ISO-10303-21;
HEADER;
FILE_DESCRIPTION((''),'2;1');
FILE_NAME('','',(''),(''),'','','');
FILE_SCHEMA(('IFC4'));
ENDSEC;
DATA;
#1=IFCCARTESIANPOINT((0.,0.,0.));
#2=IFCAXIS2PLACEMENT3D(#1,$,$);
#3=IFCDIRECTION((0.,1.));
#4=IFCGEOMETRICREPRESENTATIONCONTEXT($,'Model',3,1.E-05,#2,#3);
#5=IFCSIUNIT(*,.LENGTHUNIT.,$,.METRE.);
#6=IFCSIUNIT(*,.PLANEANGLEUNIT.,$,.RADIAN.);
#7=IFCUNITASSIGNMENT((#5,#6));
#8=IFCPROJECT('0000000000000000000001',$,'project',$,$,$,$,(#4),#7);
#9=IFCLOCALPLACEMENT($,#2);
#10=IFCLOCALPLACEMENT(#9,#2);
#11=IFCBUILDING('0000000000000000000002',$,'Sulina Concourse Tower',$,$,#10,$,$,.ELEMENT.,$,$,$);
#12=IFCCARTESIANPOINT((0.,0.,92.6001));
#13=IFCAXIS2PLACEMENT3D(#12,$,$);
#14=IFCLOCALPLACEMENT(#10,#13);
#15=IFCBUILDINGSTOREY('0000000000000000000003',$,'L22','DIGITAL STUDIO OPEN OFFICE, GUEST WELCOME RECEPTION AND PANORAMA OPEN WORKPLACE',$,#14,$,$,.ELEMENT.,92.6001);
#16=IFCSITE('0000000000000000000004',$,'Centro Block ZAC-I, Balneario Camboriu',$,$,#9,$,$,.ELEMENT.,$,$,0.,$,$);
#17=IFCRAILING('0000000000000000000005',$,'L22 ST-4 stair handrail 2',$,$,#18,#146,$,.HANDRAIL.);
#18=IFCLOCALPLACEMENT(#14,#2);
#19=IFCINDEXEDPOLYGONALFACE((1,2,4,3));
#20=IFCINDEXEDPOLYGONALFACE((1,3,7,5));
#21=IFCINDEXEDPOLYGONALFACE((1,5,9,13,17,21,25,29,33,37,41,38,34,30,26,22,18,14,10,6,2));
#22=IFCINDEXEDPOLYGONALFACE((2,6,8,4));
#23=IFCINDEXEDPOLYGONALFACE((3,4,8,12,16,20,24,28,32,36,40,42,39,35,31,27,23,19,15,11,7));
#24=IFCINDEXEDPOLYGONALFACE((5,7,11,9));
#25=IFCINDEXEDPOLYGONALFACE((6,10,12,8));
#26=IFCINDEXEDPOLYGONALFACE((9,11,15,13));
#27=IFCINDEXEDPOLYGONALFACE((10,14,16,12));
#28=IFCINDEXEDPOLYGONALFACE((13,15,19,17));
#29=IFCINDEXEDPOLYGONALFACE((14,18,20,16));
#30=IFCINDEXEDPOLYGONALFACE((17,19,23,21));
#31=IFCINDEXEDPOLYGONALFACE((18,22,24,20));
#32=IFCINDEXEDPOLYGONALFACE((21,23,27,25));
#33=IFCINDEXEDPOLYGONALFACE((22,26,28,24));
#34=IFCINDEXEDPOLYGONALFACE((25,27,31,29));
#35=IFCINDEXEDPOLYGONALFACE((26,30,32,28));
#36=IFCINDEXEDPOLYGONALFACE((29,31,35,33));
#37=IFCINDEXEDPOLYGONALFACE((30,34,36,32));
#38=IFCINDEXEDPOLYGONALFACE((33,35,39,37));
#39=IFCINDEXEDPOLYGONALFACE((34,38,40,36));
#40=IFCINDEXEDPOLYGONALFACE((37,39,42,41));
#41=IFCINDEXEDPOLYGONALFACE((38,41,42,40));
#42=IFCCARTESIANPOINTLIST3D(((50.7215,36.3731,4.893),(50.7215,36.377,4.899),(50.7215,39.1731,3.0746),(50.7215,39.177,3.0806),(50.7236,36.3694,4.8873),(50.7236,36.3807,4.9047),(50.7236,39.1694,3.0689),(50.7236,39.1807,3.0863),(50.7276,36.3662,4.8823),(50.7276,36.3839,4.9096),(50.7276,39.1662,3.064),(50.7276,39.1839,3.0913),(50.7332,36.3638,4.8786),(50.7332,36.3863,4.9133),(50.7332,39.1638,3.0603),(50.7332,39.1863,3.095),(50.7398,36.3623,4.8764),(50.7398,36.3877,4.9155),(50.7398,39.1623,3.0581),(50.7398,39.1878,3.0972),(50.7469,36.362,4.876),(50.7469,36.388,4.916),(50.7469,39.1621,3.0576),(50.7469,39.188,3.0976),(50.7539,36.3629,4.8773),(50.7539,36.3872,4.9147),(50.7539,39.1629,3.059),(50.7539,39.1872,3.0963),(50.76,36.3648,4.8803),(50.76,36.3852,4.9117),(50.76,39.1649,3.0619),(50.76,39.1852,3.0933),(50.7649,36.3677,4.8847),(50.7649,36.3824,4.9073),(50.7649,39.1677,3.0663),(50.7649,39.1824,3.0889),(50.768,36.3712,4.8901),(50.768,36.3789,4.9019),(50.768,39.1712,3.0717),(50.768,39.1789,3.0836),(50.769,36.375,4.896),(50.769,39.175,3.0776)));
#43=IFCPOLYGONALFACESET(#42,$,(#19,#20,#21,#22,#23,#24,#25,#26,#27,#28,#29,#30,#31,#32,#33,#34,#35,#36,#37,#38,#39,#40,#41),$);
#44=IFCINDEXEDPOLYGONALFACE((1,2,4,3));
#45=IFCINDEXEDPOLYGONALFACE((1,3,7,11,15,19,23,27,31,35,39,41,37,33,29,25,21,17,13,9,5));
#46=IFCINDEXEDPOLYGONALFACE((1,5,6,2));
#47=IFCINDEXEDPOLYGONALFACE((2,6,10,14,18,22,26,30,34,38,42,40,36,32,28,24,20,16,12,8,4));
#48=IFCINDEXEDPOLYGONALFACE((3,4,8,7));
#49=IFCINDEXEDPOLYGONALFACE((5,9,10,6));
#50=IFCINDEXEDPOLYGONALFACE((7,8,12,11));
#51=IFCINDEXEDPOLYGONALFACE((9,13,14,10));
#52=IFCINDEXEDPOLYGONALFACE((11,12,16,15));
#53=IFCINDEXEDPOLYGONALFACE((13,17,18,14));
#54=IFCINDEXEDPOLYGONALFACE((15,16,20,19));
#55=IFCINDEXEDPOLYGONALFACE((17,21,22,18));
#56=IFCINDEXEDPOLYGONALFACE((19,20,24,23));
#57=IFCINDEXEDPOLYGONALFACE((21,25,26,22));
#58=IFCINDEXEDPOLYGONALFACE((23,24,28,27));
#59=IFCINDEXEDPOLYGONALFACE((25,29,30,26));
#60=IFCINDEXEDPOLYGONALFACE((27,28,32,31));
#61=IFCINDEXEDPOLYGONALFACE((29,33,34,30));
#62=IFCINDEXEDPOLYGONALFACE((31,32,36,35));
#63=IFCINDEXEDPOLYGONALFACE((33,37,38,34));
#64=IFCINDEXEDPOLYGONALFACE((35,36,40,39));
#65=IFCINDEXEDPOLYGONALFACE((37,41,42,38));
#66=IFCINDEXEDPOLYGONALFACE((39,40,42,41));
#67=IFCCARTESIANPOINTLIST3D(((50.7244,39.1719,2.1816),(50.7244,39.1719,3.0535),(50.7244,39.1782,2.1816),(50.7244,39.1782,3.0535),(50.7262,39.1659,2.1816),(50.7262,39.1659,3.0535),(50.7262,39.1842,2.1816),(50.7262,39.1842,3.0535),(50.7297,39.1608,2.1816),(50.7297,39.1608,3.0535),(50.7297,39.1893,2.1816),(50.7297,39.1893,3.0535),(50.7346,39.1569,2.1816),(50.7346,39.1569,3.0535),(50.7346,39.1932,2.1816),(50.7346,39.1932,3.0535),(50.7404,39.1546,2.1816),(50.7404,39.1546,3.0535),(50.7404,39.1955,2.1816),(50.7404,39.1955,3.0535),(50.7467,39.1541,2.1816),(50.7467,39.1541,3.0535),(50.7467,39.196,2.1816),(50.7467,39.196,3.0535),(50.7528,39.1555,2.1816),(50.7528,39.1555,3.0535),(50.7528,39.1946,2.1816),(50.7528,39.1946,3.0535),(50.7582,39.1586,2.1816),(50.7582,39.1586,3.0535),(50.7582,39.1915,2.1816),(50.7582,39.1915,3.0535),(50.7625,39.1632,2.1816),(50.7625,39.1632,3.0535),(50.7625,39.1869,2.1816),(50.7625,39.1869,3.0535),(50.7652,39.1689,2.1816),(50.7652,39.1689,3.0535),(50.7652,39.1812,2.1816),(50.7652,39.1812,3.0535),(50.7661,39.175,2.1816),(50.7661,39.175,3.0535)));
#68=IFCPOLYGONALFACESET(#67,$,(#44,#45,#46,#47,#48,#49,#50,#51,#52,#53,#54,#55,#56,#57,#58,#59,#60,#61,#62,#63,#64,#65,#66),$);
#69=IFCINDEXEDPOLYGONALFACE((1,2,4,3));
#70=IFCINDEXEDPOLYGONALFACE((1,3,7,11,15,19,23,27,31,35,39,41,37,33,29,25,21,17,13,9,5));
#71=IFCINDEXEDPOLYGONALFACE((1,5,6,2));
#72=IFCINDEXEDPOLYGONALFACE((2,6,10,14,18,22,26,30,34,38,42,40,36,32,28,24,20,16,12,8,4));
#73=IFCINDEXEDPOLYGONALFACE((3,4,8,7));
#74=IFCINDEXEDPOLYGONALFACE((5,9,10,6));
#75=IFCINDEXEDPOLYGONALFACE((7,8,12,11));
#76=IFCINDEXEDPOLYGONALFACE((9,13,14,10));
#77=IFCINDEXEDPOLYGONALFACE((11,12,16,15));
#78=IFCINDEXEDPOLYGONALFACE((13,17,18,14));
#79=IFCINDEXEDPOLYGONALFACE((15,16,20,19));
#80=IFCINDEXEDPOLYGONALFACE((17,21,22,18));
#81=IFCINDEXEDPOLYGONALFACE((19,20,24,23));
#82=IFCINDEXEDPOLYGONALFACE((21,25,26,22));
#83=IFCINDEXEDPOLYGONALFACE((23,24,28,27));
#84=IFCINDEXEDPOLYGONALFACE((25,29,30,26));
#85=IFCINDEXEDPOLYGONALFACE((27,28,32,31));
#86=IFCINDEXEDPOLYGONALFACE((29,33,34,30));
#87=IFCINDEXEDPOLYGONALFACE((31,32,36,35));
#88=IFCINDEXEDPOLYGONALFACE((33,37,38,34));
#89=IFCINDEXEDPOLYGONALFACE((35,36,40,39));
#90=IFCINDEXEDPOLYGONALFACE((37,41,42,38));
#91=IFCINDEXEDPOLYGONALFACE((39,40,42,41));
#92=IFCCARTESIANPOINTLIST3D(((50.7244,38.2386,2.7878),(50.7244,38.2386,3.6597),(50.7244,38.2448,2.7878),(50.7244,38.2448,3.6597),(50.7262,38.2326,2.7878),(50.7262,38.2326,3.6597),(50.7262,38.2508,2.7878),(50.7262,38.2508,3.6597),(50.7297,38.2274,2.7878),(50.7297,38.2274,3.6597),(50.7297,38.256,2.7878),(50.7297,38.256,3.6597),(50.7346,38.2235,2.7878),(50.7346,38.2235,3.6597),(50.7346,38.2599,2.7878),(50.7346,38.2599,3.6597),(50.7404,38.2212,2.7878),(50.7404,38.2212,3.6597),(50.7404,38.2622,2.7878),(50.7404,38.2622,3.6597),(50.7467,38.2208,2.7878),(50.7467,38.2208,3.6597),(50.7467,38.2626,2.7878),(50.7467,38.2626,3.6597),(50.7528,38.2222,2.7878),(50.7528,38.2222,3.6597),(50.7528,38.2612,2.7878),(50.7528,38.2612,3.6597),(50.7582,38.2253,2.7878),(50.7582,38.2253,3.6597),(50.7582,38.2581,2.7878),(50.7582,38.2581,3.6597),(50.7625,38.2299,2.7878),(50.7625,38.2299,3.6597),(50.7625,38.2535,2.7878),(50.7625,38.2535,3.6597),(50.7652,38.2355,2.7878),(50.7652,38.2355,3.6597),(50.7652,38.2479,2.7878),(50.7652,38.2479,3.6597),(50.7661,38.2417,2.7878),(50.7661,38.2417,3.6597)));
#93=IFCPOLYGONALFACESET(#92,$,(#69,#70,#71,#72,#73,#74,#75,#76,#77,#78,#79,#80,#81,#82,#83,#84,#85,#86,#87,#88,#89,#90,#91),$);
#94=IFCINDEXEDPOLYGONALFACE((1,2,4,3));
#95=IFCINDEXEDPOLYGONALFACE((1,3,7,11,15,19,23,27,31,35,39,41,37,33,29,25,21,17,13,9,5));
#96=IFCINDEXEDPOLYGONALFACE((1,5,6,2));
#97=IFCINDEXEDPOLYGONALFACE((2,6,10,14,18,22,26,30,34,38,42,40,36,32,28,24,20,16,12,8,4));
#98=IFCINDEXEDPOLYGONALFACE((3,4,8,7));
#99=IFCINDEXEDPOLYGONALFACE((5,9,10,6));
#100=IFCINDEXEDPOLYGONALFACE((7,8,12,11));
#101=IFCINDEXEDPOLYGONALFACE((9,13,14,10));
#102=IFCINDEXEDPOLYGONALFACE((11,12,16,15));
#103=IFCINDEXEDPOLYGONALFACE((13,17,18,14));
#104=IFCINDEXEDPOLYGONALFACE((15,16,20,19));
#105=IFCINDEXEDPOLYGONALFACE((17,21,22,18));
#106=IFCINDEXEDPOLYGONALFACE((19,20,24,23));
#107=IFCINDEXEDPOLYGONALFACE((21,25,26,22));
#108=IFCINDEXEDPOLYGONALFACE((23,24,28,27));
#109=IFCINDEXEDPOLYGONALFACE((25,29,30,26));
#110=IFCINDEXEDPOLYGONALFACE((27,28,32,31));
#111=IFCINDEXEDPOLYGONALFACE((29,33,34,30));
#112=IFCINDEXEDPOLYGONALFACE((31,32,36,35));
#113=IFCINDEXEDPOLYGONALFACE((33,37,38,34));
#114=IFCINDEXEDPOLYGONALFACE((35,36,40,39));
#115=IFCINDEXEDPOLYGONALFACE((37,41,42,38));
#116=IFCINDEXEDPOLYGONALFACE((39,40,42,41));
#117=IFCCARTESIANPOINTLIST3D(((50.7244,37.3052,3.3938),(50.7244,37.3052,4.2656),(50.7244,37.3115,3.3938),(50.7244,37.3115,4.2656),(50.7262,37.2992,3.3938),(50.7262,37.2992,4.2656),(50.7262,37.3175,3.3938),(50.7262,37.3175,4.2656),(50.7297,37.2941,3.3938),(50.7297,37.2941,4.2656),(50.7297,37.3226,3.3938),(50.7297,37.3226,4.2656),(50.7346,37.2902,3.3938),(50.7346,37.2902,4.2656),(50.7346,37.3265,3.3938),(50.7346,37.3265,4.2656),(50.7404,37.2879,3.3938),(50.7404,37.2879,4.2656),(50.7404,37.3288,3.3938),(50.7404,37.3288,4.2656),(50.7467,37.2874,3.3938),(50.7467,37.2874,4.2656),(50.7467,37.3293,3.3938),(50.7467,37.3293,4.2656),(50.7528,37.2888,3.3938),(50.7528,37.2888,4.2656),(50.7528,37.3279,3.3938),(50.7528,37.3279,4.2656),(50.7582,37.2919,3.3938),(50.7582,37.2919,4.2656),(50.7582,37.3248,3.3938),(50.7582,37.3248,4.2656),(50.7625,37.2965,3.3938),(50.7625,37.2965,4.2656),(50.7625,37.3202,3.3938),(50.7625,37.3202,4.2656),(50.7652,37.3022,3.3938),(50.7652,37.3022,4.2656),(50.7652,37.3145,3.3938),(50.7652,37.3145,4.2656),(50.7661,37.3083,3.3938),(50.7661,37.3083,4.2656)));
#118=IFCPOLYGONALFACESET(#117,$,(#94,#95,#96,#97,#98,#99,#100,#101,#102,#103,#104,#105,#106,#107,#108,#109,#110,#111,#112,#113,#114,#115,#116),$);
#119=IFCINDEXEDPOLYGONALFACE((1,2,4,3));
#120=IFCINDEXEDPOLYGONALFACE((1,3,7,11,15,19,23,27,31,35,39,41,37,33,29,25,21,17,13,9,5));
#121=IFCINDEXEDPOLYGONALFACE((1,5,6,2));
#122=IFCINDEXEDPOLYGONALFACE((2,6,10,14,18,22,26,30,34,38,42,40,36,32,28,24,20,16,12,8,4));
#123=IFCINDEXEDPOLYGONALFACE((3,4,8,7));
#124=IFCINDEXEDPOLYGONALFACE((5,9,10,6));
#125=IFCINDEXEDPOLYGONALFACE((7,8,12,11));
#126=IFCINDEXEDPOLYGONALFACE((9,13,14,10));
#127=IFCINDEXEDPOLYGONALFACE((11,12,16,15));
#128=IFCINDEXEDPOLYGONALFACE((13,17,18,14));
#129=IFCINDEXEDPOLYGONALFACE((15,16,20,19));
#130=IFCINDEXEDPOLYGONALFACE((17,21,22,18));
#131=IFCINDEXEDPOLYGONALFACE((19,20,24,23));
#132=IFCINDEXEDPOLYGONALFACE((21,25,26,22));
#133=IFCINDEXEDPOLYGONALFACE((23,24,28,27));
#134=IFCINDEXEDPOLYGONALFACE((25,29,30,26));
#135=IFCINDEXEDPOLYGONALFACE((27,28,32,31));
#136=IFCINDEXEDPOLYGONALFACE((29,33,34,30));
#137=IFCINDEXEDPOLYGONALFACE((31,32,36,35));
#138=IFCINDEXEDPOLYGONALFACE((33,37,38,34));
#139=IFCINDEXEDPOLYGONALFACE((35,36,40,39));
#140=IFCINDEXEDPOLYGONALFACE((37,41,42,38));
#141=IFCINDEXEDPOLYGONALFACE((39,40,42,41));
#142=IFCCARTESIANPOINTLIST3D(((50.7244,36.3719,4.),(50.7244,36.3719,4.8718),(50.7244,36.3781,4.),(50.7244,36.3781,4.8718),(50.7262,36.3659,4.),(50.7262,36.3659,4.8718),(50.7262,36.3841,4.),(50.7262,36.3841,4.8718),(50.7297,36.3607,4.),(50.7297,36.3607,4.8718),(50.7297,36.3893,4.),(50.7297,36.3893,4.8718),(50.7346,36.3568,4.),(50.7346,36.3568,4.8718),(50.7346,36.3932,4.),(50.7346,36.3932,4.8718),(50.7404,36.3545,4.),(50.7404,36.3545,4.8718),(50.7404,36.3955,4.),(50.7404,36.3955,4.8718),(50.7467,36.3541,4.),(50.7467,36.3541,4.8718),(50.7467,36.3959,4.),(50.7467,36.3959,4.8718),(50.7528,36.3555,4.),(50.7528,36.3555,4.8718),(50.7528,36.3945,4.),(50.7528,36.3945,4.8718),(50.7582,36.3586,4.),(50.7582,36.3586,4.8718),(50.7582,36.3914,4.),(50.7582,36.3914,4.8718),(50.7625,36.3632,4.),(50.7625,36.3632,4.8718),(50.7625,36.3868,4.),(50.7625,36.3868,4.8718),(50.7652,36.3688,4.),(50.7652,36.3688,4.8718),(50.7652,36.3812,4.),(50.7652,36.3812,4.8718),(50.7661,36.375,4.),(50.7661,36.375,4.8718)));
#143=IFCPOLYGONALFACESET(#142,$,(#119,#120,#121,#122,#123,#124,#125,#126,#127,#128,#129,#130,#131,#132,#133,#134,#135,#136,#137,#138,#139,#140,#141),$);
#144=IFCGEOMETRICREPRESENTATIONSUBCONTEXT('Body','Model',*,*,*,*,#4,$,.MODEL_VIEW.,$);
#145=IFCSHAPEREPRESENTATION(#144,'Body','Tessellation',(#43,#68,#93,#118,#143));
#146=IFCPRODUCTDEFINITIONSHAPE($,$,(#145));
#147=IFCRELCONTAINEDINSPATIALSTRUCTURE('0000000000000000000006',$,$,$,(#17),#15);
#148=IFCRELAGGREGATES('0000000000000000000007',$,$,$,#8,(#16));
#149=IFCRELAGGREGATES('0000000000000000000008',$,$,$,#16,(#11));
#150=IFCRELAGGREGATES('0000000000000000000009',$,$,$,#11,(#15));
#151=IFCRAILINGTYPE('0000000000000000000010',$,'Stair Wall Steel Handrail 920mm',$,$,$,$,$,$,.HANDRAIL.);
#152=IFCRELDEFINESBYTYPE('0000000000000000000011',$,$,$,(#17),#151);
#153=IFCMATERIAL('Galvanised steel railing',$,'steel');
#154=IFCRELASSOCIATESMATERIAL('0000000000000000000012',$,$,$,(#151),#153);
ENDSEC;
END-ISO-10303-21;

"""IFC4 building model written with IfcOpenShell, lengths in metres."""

from ifc_helpers import new_model, si_unit, direction, frame, origin, origin_2d, place, context, subcontext, project, spatial, circle, extrude, material, type_object, element, save


model = new_model("IFC4")

# Units and contexts
model_context = context("Model", 3, precision=1e-05, world=origin(), true_north=direction((0.0, 1.0)))
body_context = subcontext(model_context, "Body", "Model", "MODEL_VIEW")
ifc_project = project(units=[si_unit("LENGTHUNIT", "METRE"), si_unit("PLANEANGLEUNIT", "RADIAN")], contexts=[model_context])

# Site, building, storey
site_placement = place(None, origin())
site = spatial("IfcSite", under=ifc_project, at=site_placement, Name="Centro Block ZAC-I, Balneario Camboriu", CompositionType="ELEMENT", RefElevation=0.0)
building_placement = place(site_placement, origin())
building = spatial("IfcBuilding", under=site, at=building_placement, Name="Sulina Concourse Tower", CompositionType="ELEMENT")
storey_placement = place(building_placement, frame((0.0, 0.0, 92.6001)))
storey = spatial("IfcBuildingStorey", under=building, at=storey_placement, Name="L22", Description="DIGITAL STUDIO OPEN OFFICE, GUEST WELCOME RECEPTION AND PANORAMA OPEN WORKPLACE", CompositionType="ELEMENT", Elevation=92.6001)

# Railing
ifc_material_1 = material(Name="Galvanised steel railing", Category="steel")
railing_type_1 = type_object("IfcRailingType", Name="Stair Wall Steel Handrail 920mm", PredefinedType="HANDRAIL", material=ifc_material_1)
railing_1_placement = place(storey_placement, frame((50.7451, 39.175, 2.1816)))
element("IfcRailing", 1, at=railing_1_placement, inside=storey, type_object=railing_type_1, Name="L22 ST-4 stair handrail 2", PredefinedType="HANDRAIL", context=body_context, shape_type="SweptSolid", body=[
    extrude(circle(Radius=0.0239, at=origin_2d()), frame((0.0, 0.0, 0.896), z_axis=(0.0, -0.838672, 0.544636), x_axis=(1.0, 0.0, 0.0)), (0.0, 0.0, 1.0), 3.3386),
    extrude(circle(Radius=0.021, at=origin_2d()), origin(), (0.0, 0.0, 1.0), 0.8718),
    extrude(circle(Radius=0.021, at=origin_2d()), frame((0.0, -0.9333, 0.6062)), (0.0, 0.0, 1.0), 0.8718),
    extrude(circle(Radius=0.021, at=origin_2d()), frame((0.0, -1.8667, 1.2122)), (0.0, 0.0, 1.0), 0.8718),
    extrude(circle(Radius=0.021, at=origin_2d()), frame((0.0, -2.8, 1.8184)), (0.0, 0.0, 1.0), 0.8718),
])

save(model, "model.ifc")
